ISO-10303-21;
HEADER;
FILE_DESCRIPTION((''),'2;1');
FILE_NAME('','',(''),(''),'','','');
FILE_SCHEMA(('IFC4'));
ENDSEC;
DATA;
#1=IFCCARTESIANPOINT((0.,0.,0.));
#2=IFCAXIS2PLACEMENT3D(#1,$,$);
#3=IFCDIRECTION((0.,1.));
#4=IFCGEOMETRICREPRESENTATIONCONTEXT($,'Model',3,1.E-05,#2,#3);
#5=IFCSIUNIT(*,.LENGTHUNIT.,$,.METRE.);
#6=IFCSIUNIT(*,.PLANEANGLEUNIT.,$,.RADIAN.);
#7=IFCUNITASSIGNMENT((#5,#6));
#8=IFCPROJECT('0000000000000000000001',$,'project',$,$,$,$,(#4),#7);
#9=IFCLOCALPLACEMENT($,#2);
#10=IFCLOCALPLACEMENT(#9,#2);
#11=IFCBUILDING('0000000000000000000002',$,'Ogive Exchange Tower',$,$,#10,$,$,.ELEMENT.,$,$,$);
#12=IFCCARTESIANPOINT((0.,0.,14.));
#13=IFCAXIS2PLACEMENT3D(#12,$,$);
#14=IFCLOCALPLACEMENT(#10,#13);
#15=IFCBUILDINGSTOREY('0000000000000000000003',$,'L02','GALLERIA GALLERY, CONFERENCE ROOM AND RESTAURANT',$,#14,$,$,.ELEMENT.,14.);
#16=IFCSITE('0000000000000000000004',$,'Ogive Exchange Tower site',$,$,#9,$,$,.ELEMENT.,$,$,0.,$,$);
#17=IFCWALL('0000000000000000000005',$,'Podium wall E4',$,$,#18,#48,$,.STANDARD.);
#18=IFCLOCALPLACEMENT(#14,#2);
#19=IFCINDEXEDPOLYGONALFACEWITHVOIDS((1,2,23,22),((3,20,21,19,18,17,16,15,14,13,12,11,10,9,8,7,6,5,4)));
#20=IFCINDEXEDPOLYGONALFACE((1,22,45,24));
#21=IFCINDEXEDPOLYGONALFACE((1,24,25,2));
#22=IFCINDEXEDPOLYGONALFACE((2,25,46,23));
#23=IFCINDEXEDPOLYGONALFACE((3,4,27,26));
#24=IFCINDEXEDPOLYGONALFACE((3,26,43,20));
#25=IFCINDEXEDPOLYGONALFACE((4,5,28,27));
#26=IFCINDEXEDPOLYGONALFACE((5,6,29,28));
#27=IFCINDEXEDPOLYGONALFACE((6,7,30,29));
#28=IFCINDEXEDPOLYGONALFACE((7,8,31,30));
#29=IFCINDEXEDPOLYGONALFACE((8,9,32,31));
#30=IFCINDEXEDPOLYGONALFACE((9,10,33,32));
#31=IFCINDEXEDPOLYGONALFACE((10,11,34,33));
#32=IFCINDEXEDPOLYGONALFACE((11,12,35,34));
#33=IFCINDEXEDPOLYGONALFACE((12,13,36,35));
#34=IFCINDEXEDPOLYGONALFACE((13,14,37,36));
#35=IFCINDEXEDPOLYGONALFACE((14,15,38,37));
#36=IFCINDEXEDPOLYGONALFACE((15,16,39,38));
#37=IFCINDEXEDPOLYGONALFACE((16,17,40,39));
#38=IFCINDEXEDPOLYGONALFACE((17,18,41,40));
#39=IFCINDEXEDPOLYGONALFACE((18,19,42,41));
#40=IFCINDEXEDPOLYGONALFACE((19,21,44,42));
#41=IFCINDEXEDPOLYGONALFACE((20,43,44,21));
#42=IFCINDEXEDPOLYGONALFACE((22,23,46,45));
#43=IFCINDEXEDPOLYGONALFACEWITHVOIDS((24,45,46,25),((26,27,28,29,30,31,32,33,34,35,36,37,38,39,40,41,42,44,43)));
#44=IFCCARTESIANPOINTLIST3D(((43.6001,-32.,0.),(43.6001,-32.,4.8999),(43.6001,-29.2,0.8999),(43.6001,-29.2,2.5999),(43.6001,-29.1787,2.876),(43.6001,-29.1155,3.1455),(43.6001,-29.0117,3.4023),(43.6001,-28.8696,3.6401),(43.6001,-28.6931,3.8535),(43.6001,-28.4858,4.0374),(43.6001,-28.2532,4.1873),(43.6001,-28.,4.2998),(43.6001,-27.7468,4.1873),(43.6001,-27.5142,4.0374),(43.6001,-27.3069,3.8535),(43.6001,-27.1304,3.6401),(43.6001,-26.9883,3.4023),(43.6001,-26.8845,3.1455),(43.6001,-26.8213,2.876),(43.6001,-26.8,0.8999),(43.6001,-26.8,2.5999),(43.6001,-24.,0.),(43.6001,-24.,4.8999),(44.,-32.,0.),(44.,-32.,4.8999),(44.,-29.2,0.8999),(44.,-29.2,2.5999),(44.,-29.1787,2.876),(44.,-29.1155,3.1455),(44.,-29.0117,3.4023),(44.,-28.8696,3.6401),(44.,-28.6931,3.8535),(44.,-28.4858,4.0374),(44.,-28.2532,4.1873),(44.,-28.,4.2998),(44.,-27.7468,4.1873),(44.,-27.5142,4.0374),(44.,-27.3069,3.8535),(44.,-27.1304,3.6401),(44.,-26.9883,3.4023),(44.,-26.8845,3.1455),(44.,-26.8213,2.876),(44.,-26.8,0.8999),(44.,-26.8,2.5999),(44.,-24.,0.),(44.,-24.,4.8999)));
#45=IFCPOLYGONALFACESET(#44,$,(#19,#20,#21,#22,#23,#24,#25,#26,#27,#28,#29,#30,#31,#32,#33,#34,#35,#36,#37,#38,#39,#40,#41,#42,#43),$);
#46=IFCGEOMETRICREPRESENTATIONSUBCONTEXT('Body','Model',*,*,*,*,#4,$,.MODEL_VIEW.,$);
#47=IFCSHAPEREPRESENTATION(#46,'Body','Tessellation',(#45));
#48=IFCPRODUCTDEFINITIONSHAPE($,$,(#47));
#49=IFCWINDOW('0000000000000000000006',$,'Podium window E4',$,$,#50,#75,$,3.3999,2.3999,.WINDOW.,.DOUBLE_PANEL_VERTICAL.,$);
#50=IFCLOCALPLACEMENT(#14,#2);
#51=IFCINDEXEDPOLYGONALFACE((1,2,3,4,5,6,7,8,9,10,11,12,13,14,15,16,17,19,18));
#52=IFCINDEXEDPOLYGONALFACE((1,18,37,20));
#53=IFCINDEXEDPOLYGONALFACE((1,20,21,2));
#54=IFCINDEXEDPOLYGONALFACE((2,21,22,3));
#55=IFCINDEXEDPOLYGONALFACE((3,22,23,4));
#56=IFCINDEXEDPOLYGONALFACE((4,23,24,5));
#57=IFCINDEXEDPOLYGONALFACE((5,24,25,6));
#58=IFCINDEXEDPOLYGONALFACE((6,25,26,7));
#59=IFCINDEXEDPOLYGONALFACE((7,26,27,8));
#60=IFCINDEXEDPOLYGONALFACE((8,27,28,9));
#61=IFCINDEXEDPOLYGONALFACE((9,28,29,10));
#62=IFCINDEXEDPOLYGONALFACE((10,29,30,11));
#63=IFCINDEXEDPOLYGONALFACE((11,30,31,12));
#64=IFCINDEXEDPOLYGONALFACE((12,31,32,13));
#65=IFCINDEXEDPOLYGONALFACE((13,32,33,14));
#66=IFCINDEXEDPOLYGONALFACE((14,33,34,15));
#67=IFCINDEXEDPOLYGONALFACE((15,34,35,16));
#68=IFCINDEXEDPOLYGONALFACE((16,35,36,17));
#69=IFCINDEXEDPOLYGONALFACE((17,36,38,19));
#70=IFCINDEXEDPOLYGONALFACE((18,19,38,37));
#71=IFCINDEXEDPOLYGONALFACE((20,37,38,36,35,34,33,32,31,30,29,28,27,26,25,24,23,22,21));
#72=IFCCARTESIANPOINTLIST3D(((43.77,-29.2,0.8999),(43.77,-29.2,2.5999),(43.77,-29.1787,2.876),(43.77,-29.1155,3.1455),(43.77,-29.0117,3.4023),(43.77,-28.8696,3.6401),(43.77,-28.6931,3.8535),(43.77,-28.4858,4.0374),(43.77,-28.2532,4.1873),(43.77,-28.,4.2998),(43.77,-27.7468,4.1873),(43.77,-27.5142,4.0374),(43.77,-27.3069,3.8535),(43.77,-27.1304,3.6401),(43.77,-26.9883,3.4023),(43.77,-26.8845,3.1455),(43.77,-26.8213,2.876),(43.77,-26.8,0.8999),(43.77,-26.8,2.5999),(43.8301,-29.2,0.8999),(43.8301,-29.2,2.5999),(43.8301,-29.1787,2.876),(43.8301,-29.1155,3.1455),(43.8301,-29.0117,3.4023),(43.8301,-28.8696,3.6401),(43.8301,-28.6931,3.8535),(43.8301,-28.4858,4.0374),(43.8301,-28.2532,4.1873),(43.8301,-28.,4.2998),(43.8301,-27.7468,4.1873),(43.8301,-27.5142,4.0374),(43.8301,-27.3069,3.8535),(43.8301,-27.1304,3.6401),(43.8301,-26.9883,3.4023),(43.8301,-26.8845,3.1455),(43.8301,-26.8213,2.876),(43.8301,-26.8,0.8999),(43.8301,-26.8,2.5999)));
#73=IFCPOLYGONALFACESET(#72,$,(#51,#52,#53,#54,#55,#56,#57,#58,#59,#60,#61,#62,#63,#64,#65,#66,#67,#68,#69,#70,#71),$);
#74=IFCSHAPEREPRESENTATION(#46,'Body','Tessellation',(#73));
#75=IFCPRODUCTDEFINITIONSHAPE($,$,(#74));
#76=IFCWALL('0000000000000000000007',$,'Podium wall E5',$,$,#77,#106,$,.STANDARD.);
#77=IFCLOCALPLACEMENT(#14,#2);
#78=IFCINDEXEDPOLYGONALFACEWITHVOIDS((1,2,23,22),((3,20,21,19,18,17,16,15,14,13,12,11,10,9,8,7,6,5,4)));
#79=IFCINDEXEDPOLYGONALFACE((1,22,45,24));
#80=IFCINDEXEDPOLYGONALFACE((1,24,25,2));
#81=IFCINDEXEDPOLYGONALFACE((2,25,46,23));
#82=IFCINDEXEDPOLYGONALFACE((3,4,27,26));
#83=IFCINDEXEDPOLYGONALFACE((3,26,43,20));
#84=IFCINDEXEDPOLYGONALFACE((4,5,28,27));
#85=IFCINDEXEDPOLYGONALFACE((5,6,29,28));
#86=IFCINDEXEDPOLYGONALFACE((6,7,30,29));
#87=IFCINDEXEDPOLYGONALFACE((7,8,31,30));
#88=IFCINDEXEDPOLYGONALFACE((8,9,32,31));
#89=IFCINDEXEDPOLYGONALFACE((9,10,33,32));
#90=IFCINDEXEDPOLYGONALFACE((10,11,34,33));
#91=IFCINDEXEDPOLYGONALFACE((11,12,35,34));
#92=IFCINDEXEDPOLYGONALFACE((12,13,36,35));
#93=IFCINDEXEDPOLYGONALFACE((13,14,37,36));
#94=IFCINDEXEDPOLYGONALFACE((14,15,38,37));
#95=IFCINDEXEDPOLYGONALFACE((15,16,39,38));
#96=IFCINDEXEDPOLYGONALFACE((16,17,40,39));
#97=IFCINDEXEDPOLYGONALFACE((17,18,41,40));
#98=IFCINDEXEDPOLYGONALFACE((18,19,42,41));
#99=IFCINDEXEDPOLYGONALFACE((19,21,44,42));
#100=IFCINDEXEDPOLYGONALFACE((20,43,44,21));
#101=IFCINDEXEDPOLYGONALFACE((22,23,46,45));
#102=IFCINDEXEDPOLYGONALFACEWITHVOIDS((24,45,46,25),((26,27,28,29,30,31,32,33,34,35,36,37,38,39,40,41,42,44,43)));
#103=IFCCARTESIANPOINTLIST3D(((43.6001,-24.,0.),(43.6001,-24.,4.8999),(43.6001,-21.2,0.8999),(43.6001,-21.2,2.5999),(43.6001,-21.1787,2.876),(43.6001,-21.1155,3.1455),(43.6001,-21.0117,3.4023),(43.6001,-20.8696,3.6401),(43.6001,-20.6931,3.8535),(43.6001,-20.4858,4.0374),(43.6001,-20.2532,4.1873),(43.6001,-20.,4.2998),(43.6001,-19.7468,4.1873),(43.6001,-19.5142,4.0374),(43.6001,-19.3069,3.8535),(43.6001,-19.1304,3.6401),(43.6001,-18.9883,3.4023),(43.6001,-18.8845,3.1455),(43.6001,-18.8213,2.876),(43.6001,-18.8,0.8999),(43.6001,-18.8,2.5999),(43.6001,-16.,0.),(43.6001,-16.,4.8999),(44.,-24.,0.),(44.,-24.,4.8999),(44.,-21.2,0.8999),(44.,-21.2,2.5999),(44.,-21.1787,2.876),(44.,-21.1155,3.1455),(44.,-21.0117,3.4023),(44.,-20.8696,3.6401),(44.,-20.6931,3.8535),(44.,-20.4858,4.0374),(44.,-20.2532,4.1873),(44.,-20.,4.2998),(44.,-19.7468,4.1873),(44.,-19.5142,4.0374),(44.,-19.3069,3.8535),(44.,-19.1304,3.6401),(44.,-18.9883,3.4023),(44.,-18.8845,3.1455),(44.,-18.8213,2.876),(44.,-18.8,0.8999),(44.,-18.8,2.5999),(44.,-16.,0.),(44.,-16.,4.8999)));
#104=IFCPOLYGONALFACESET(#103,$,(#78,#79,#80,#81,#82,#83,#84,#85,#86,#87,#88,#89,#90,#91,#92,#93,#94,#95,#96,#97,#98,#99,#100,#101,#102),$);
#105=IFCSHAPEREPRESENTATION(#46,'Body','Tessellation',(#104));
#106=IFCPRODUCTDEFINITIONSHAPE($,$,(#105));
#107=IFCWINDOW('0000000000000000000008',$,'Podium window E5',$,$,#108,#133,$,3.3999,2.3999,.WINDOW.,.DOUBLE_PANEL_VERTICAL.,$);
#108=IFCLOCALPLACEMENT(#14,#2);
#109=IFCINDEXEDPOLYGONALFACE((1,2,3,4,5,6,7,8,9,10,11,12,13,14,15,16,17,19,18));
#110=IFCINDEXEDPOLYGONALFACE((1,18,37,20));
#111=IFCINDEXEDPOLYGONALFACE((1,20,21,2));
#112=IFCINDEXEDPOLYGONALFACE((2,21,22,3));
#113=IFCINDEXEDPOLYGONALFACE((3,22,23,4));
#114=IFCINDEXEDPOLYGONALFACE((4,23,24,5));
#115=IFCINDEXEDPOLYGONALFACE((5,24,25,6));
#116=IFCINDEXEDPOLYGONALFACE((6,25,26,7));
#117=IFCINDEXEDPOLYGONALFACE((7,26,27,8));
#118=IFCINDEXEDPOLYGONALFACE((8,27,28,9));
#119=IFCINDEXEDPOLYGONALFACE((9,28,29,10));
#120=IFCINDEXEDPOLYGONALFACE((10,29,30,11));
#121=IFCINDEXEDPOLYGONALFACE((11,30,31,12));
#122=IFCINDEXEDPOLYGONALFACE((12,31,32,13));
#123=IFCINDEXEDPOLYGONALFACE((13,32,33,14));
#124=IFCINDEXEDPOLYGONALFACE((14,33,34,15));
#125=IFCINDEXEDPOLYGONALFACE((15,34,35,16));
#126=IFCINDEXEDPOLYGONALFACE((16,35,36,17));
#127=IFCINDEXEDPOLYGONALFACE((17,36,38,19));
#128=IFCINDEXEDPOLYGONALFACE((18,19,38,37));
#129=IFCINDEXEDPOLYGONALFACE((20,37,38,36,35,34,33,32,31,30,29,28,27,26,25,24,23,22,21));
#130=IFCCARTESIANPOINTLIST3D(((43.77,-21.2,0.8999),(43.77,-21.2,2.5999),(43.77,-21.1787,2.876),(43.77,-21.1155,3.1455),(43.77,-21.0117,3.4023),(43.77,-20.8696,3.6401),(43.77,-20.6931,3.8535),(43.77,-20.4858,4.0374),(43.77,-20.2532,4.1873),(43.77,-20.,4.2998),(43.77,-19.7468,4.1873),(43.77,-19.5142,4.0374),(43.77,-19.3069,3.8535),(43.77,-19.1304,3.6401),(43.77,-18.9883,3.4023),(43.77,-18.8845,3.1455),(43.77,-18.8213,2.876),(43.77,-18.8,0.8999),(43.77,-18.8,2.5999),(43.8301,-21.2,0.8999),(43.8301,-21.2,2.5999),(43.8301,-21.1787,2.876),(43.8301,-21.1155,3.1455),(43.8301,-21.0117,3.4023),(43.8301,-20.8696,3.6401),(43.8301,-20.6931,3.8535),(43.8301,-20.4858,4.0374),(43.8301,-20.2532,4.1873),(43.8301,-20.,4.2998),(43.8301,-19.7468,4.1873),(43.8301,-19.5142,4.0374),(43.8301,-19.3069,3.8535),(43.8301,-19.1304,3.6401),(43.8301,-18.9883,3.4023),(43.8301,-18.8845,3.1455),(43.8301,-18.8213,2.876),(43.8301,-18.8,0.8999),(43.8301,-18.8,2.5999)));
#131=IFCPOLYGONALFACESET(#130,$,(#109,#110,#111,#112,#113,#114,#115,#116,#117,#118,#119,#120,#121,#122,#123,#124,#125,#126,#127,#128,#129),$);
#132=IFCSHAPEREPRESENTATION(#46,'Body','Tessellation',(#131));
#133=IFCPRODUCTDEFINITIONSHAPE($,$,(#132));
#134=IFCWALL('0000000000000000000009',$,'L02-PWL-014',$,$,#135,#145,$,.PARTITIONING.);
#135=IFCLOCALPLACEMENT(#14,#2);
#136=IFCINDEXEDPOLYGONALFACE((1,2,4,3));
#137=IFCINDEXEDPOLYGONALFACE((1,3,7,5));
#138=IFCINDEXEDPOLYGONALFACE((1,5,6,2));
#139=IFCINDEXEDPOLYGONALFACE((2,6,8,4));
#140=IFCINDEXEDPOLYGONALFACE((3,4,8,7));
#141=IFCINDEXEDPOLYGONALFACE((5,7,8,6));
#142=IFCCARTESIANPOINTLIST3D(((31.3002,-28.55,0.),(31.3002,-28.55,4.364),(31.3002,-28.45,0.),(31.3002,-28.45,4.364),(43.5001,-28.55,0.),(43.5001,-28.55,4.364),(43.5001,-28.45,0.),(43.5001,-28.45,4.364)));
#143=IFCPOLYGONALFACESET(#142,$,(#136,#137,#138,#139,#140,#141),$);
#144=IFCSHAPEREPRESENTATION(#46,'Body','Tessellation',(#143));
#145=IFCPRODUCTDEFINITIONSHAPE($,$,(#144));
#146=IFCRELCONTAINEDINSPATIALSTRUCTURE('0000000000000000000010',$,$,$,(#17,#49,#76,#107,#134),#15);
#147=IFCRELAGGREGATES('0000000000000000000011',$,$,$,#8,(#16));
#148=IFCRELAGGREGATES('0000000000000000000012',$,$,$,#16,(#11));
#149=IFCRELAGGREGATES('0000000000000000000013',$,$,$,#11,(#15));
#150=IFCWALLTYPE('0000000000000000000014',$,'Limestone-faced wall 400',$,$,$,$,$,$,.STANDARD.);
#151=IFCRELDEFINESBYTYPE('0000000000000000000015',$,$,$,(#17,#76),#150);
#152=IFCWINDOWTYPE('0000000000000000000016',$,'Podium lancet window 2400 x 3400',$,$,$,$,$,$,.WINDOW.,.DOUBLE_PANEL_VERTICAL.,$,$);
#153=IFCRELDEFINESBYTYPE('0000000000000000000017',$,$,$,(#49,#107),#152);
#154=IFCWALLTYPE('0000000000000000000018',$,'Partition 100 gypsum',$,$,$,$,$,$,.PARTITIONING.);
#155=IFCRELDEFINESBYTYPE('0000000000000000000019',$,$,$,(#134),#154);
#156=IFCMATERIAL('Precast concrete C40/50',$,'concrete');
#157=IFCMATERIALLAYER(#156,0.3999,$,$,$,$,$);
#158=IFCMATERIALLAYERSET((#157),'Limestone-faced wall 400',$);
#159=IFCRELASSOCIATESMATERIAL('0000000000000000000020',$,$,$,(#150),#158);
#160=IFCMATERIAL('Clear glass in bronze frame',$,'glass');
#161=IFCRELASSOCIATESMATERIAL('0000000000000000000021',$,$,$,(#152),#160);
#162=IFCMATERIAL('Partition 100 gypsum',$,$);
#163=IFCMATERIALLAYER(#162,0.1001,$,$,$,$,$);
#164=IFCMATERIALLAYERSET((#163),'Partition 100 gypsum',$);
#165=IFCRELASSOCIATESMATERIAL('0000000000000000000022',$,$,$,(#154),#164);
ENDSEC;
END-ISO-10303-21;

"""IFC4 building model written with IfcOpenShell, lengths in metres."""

from ifc_helpers import new_model, si_unit, direction, frame, frame_2d, origin, place, context, subcontext, project, spatial, polyline, rectangle, outline, extrude, material, layer, layer_set, type_object, element, fill, save


model = new_model("IFC4")

# Units and contexts
model_context = context("Model", 3, precision=1e-05, world=origin(), true_north=direction((0.0, 1.0)))
body_context = subcontext(model_context, "Body", "Model", "MODEL_VIEW")
ifc_project = project(units=[si_unit("LENGTHUNIT", "METRE"), si_unit("PLANEANGLEUNIT", "RADIAN")], contexts=[model_context])

# Site, building, storey
site_placement = place(None, origin())
site = spatial("IfcSite", under=ifc_project, at=site_placement, Name="Ogive Exchange Tower site", CompositionType="ELEMENT", RefElevation=0.0)
building_placement = place(site_placement, origin())
building = spatial("IfcBuilding", under=site, at=building_placement, Name="Ogive Exchange Tower", CompositionType="ELEMENT")
storey_placement = place(building_placement, frame((0.0, 0.0, 14.0)))
storey = spatial("IfcBuildingStorey", under=building, at=storey_placement, Name="L02", Description="GALLERIA GALLERY, CONFERENCE ROOM AND RESTAURANT", CompositionType="ELEMENT", Elevation=14.0)

# Shared definitions
ifc_material_1 = material(Name="Precast concrete C40/50", Category="concrete")
ifc_layer_1 = layer(ifc_material_1, 0.3999)
ifc_layer_set_1 = layer_set([ifc_layer_1], Name="Limestone-faced wall 400")
wall_type_1 = type_object("IfcWallType", Name="Limestone-faced wall 400", PredefinedType="STANDARD", material=ifc_layer_set_1)
ifc_material_2 = material(Name="Clear glass in bronze frame", Category="glass")

# Walls, openings, windows
wall_1_placement = place(storey_placement, frame((43.8, -32.0, 0.0), z_axis=(0.0, 0.0, 1.0), x_axis=(0.0, 1.0, 0.0)))
wall_1 = element("IfcWall", 1, at=wall_1_placement, inside=storey, type_object=wall_type_1, Name="Podium wall E4", PredefinedType="STANDARD", context=body_context, shape_type="SweptSolid", body=[
    extrude(rectangle(XDim=8.0, YDim=0.3999, at=frame_2d((4.0, 0.0))), origin(), (0.0, 0.0, 1.0), 4.8999),
])
opening_1_placement = place(wall_1_placement, frame((2.8, 0.0, 0.8999)))
opening_1 = element("IfcOpeningElement", 2, at=opening_1_placement, cuts=wall_1, PredefinedType="OPENING", context=body_context, shape_type="SweptSolid", body=[
    extrude(outline(polyline([(0.0, 0.0), (2.3999, 0.0), (2.3999, 1.7), (2.3787, 1.9761), (2.3154, 2.2456), (2.2117, 2.5024), (2.0696, 2.7402), (1.8931, 2.9536), (1.6858, 3.1375), (1.4531, 3.2874), (1.2, 3.3999), (0.9468, 3.2874), (0.7141, 3.1375), (0.5068, 2.9536), (0.3303, 2.7402), (0.1882, 2.5024), (0.0845, 2.2456), (0.0212, 1.9761), (0.0, 1.7), (0.0, 0.0)])), frame((0.0, 0.21, 0.0), z_axis=(0.0, -1.0, 0.0), x_axis=(1.0, 0.0, 0.0)), (0.0, 0.0, 1.0), 0.4199),
])
window_type_1 = type_object("IfcWindowType", Name="Podium lancet window 2400 x 3400", PartitioningType="DOUBLE_PANEL_VERTICAL", PredefinedType="WINDOW", material=ifc_material_2)
window_1_placement = place(opening_1_placement, origin())
window_1 = element("IfcWindow", 3, at=window_1_placement, inside=storey, type_object=window_type_1, Name="Podium window E4", OverallHeight=3.3999, OverallWidth=2.3999, PartitioningType="DOUBLE_PANEL_VERTICAL", PredefinedType="WINDOW", context=body_context, shape_type="SweptSolid", body=[
    extrude(outline(polyline([(0.0, 0.0), (2.3999, 0.0), (2.3999, 1.7), (2.3787, 1.9761), (2.3154, 2.2456), (2.2117, 2.5024), (2.0696, 2.7402), (1.8931, 2.9536), (1.6858, 3.1375), (1.4531, 3.2874), (1.2, 3.3999), (0.9468, 3.2874), (0.7141, 3.1375), (0.5068, 2.9536), (0.3303, 2.7402), (0.1882, 2.5024), (0.0845, 2.2456), (0.0212, 1.9761), (0.0, 1.7), (0.0, 0.0)])), frame((0.0, 0.03, 0.0), z_axis=(0.0, -1.0, 0.0), x_axis=(1.0, 0.0, 0.0)), (0.0, 0.0, 1.0), 0.0601),
])
fill(opening_1, window_1)
wall_2_placement = place(storey_placement, frame((43.8, -24.0, 0.0), z_axis=(0.0, 0.0, 1.0), x_axis=(0.0, 1.0, 0.0)))
wall_2 = element("IfcWall", 4, at=wall_2_placement, inside=storey, type_object=wall_type_1, Name="Podium wall E5", PredefinedType="STANDARD", context=body_context, shape_type="SweptSolid", body=[
    extrude(rectangle(XDim=8.0, YDim=0.3999, at=frame_2d((4.0, 0.0))), origin(), (0.0, 0.0, 1.0), 4.8999),
])
opening_2_placement = place(wall_2_placement, frame((2.8, 0.0, 0.8999)))
opening_2 = element("IfcOpeningElement", 5, at=opening_2_placement, cuts=wall_2, PredefinedType="OPENING", context=body_context, shape_type="SweptSolid", body=[
    extrude(outline(polyline([(0.0, 0.0), (2.3999, 0.0), (2.3999, 1.7), (2.3787, 1.9761), (2.3154, 2.2456), (2.2117, 2.5024), (2.0696, 2.7402), (1.8931, 2.9536), (1.6858, 3.1375), (1.4531, 3.2874), (1.2, 3.3999), (0.9468, 3.2874), (0.7141, 3.1375), (0.5068, 2.9536), (0.3303, 2.7402), (0.1882, 2.5024), (0.0845, 2.2456), (0.0212, 1.9761), (0.0, 1.7), (0.0, 0.0)])), frame((0.0, 0.21, 0.0), z_axis=(0.0, -1.0, 0.0), x_axis=(1.0, 0.0, 0.0)), (0.0, 0.0, 1.0), 0.4199),
])
window_2_placement = place(opening_2_placement, origin())
window_2 = element("IfcWindow", 6, at=window_2_placement, inside=storey, type_object=window_type_1, Name="Podium window E5", OverallHeight=3.3999, OverallWidth=2.3999, PartitioningType="DOUBLE_PANEL_VERTICAL", PredefinedType="WINDOW", context=body_context, shape_type="SweptSolid", body=[
    extrude(outline(polyline([(0.0, 0.0), (2.3999, 0.0), (2.3999, 1.7), (2.3787, 1.9761), (2.3154, 2.2456), (2.2117, 2.5024), (2.0696, 2.7402), (1.8931, 2.9536), (1.6858, 3.1375), (1.4531, 3.2874), (1.2, 3.3999), (0.9468, 3.2874), (0.7141, 3.1375), (0.5068, 2.9536), (0.3303, 2.7402), (0.1882, 2.5024), (0.0845, 2.2456), (0.0212, 1.9761), (0.0, 1.7), (0.0, 0.0)])), frame((0.0, 0.03, 0.0), z_axis=(0.0, -1.0, 0.0), x_axis=(1.0, 0.0, 0.0)), (0.0, 0.0, 1.0), 0.0601),
])
fill(opening_2, window_2)

# Wall
ifc_material_3 = material(Name="Partition 100 gypsum")
ifc_layer_2 = layer(ifc_material_3, 0.1001)
ifc_layer_set_2 = layer_set([ifc_layer_2], Name="Partition 100 gypsum")
wall_type_2 = type_object("IfcWallType", Name="Partition 100 gypsum", PredefinedType="PARTITIONING", material=ifc_layer_set_2)
wall_3_placement = place(storey_placement, frame((31.3, -28.5, 0.0), z_axis=(0.0, 0.0, 1.0), x_axis=(1.0, 0.0, 0.0)))
element("IfcWall", 7, at=wall_3_placement, inside=storey, type_object=wall_type_2, Name="L02-PWL-014", PredefinedType="PARTITIONING", context=body_context, shape_type="SweptSolid", body=[
    extrude(rectangle(XDim=12.2, YDim=0.1001, at=frame_2d((6.1001, 0.0))), origin(), (0.0, 0.0, 1.0), 4.364),
])

save(model, "model.ifc")
